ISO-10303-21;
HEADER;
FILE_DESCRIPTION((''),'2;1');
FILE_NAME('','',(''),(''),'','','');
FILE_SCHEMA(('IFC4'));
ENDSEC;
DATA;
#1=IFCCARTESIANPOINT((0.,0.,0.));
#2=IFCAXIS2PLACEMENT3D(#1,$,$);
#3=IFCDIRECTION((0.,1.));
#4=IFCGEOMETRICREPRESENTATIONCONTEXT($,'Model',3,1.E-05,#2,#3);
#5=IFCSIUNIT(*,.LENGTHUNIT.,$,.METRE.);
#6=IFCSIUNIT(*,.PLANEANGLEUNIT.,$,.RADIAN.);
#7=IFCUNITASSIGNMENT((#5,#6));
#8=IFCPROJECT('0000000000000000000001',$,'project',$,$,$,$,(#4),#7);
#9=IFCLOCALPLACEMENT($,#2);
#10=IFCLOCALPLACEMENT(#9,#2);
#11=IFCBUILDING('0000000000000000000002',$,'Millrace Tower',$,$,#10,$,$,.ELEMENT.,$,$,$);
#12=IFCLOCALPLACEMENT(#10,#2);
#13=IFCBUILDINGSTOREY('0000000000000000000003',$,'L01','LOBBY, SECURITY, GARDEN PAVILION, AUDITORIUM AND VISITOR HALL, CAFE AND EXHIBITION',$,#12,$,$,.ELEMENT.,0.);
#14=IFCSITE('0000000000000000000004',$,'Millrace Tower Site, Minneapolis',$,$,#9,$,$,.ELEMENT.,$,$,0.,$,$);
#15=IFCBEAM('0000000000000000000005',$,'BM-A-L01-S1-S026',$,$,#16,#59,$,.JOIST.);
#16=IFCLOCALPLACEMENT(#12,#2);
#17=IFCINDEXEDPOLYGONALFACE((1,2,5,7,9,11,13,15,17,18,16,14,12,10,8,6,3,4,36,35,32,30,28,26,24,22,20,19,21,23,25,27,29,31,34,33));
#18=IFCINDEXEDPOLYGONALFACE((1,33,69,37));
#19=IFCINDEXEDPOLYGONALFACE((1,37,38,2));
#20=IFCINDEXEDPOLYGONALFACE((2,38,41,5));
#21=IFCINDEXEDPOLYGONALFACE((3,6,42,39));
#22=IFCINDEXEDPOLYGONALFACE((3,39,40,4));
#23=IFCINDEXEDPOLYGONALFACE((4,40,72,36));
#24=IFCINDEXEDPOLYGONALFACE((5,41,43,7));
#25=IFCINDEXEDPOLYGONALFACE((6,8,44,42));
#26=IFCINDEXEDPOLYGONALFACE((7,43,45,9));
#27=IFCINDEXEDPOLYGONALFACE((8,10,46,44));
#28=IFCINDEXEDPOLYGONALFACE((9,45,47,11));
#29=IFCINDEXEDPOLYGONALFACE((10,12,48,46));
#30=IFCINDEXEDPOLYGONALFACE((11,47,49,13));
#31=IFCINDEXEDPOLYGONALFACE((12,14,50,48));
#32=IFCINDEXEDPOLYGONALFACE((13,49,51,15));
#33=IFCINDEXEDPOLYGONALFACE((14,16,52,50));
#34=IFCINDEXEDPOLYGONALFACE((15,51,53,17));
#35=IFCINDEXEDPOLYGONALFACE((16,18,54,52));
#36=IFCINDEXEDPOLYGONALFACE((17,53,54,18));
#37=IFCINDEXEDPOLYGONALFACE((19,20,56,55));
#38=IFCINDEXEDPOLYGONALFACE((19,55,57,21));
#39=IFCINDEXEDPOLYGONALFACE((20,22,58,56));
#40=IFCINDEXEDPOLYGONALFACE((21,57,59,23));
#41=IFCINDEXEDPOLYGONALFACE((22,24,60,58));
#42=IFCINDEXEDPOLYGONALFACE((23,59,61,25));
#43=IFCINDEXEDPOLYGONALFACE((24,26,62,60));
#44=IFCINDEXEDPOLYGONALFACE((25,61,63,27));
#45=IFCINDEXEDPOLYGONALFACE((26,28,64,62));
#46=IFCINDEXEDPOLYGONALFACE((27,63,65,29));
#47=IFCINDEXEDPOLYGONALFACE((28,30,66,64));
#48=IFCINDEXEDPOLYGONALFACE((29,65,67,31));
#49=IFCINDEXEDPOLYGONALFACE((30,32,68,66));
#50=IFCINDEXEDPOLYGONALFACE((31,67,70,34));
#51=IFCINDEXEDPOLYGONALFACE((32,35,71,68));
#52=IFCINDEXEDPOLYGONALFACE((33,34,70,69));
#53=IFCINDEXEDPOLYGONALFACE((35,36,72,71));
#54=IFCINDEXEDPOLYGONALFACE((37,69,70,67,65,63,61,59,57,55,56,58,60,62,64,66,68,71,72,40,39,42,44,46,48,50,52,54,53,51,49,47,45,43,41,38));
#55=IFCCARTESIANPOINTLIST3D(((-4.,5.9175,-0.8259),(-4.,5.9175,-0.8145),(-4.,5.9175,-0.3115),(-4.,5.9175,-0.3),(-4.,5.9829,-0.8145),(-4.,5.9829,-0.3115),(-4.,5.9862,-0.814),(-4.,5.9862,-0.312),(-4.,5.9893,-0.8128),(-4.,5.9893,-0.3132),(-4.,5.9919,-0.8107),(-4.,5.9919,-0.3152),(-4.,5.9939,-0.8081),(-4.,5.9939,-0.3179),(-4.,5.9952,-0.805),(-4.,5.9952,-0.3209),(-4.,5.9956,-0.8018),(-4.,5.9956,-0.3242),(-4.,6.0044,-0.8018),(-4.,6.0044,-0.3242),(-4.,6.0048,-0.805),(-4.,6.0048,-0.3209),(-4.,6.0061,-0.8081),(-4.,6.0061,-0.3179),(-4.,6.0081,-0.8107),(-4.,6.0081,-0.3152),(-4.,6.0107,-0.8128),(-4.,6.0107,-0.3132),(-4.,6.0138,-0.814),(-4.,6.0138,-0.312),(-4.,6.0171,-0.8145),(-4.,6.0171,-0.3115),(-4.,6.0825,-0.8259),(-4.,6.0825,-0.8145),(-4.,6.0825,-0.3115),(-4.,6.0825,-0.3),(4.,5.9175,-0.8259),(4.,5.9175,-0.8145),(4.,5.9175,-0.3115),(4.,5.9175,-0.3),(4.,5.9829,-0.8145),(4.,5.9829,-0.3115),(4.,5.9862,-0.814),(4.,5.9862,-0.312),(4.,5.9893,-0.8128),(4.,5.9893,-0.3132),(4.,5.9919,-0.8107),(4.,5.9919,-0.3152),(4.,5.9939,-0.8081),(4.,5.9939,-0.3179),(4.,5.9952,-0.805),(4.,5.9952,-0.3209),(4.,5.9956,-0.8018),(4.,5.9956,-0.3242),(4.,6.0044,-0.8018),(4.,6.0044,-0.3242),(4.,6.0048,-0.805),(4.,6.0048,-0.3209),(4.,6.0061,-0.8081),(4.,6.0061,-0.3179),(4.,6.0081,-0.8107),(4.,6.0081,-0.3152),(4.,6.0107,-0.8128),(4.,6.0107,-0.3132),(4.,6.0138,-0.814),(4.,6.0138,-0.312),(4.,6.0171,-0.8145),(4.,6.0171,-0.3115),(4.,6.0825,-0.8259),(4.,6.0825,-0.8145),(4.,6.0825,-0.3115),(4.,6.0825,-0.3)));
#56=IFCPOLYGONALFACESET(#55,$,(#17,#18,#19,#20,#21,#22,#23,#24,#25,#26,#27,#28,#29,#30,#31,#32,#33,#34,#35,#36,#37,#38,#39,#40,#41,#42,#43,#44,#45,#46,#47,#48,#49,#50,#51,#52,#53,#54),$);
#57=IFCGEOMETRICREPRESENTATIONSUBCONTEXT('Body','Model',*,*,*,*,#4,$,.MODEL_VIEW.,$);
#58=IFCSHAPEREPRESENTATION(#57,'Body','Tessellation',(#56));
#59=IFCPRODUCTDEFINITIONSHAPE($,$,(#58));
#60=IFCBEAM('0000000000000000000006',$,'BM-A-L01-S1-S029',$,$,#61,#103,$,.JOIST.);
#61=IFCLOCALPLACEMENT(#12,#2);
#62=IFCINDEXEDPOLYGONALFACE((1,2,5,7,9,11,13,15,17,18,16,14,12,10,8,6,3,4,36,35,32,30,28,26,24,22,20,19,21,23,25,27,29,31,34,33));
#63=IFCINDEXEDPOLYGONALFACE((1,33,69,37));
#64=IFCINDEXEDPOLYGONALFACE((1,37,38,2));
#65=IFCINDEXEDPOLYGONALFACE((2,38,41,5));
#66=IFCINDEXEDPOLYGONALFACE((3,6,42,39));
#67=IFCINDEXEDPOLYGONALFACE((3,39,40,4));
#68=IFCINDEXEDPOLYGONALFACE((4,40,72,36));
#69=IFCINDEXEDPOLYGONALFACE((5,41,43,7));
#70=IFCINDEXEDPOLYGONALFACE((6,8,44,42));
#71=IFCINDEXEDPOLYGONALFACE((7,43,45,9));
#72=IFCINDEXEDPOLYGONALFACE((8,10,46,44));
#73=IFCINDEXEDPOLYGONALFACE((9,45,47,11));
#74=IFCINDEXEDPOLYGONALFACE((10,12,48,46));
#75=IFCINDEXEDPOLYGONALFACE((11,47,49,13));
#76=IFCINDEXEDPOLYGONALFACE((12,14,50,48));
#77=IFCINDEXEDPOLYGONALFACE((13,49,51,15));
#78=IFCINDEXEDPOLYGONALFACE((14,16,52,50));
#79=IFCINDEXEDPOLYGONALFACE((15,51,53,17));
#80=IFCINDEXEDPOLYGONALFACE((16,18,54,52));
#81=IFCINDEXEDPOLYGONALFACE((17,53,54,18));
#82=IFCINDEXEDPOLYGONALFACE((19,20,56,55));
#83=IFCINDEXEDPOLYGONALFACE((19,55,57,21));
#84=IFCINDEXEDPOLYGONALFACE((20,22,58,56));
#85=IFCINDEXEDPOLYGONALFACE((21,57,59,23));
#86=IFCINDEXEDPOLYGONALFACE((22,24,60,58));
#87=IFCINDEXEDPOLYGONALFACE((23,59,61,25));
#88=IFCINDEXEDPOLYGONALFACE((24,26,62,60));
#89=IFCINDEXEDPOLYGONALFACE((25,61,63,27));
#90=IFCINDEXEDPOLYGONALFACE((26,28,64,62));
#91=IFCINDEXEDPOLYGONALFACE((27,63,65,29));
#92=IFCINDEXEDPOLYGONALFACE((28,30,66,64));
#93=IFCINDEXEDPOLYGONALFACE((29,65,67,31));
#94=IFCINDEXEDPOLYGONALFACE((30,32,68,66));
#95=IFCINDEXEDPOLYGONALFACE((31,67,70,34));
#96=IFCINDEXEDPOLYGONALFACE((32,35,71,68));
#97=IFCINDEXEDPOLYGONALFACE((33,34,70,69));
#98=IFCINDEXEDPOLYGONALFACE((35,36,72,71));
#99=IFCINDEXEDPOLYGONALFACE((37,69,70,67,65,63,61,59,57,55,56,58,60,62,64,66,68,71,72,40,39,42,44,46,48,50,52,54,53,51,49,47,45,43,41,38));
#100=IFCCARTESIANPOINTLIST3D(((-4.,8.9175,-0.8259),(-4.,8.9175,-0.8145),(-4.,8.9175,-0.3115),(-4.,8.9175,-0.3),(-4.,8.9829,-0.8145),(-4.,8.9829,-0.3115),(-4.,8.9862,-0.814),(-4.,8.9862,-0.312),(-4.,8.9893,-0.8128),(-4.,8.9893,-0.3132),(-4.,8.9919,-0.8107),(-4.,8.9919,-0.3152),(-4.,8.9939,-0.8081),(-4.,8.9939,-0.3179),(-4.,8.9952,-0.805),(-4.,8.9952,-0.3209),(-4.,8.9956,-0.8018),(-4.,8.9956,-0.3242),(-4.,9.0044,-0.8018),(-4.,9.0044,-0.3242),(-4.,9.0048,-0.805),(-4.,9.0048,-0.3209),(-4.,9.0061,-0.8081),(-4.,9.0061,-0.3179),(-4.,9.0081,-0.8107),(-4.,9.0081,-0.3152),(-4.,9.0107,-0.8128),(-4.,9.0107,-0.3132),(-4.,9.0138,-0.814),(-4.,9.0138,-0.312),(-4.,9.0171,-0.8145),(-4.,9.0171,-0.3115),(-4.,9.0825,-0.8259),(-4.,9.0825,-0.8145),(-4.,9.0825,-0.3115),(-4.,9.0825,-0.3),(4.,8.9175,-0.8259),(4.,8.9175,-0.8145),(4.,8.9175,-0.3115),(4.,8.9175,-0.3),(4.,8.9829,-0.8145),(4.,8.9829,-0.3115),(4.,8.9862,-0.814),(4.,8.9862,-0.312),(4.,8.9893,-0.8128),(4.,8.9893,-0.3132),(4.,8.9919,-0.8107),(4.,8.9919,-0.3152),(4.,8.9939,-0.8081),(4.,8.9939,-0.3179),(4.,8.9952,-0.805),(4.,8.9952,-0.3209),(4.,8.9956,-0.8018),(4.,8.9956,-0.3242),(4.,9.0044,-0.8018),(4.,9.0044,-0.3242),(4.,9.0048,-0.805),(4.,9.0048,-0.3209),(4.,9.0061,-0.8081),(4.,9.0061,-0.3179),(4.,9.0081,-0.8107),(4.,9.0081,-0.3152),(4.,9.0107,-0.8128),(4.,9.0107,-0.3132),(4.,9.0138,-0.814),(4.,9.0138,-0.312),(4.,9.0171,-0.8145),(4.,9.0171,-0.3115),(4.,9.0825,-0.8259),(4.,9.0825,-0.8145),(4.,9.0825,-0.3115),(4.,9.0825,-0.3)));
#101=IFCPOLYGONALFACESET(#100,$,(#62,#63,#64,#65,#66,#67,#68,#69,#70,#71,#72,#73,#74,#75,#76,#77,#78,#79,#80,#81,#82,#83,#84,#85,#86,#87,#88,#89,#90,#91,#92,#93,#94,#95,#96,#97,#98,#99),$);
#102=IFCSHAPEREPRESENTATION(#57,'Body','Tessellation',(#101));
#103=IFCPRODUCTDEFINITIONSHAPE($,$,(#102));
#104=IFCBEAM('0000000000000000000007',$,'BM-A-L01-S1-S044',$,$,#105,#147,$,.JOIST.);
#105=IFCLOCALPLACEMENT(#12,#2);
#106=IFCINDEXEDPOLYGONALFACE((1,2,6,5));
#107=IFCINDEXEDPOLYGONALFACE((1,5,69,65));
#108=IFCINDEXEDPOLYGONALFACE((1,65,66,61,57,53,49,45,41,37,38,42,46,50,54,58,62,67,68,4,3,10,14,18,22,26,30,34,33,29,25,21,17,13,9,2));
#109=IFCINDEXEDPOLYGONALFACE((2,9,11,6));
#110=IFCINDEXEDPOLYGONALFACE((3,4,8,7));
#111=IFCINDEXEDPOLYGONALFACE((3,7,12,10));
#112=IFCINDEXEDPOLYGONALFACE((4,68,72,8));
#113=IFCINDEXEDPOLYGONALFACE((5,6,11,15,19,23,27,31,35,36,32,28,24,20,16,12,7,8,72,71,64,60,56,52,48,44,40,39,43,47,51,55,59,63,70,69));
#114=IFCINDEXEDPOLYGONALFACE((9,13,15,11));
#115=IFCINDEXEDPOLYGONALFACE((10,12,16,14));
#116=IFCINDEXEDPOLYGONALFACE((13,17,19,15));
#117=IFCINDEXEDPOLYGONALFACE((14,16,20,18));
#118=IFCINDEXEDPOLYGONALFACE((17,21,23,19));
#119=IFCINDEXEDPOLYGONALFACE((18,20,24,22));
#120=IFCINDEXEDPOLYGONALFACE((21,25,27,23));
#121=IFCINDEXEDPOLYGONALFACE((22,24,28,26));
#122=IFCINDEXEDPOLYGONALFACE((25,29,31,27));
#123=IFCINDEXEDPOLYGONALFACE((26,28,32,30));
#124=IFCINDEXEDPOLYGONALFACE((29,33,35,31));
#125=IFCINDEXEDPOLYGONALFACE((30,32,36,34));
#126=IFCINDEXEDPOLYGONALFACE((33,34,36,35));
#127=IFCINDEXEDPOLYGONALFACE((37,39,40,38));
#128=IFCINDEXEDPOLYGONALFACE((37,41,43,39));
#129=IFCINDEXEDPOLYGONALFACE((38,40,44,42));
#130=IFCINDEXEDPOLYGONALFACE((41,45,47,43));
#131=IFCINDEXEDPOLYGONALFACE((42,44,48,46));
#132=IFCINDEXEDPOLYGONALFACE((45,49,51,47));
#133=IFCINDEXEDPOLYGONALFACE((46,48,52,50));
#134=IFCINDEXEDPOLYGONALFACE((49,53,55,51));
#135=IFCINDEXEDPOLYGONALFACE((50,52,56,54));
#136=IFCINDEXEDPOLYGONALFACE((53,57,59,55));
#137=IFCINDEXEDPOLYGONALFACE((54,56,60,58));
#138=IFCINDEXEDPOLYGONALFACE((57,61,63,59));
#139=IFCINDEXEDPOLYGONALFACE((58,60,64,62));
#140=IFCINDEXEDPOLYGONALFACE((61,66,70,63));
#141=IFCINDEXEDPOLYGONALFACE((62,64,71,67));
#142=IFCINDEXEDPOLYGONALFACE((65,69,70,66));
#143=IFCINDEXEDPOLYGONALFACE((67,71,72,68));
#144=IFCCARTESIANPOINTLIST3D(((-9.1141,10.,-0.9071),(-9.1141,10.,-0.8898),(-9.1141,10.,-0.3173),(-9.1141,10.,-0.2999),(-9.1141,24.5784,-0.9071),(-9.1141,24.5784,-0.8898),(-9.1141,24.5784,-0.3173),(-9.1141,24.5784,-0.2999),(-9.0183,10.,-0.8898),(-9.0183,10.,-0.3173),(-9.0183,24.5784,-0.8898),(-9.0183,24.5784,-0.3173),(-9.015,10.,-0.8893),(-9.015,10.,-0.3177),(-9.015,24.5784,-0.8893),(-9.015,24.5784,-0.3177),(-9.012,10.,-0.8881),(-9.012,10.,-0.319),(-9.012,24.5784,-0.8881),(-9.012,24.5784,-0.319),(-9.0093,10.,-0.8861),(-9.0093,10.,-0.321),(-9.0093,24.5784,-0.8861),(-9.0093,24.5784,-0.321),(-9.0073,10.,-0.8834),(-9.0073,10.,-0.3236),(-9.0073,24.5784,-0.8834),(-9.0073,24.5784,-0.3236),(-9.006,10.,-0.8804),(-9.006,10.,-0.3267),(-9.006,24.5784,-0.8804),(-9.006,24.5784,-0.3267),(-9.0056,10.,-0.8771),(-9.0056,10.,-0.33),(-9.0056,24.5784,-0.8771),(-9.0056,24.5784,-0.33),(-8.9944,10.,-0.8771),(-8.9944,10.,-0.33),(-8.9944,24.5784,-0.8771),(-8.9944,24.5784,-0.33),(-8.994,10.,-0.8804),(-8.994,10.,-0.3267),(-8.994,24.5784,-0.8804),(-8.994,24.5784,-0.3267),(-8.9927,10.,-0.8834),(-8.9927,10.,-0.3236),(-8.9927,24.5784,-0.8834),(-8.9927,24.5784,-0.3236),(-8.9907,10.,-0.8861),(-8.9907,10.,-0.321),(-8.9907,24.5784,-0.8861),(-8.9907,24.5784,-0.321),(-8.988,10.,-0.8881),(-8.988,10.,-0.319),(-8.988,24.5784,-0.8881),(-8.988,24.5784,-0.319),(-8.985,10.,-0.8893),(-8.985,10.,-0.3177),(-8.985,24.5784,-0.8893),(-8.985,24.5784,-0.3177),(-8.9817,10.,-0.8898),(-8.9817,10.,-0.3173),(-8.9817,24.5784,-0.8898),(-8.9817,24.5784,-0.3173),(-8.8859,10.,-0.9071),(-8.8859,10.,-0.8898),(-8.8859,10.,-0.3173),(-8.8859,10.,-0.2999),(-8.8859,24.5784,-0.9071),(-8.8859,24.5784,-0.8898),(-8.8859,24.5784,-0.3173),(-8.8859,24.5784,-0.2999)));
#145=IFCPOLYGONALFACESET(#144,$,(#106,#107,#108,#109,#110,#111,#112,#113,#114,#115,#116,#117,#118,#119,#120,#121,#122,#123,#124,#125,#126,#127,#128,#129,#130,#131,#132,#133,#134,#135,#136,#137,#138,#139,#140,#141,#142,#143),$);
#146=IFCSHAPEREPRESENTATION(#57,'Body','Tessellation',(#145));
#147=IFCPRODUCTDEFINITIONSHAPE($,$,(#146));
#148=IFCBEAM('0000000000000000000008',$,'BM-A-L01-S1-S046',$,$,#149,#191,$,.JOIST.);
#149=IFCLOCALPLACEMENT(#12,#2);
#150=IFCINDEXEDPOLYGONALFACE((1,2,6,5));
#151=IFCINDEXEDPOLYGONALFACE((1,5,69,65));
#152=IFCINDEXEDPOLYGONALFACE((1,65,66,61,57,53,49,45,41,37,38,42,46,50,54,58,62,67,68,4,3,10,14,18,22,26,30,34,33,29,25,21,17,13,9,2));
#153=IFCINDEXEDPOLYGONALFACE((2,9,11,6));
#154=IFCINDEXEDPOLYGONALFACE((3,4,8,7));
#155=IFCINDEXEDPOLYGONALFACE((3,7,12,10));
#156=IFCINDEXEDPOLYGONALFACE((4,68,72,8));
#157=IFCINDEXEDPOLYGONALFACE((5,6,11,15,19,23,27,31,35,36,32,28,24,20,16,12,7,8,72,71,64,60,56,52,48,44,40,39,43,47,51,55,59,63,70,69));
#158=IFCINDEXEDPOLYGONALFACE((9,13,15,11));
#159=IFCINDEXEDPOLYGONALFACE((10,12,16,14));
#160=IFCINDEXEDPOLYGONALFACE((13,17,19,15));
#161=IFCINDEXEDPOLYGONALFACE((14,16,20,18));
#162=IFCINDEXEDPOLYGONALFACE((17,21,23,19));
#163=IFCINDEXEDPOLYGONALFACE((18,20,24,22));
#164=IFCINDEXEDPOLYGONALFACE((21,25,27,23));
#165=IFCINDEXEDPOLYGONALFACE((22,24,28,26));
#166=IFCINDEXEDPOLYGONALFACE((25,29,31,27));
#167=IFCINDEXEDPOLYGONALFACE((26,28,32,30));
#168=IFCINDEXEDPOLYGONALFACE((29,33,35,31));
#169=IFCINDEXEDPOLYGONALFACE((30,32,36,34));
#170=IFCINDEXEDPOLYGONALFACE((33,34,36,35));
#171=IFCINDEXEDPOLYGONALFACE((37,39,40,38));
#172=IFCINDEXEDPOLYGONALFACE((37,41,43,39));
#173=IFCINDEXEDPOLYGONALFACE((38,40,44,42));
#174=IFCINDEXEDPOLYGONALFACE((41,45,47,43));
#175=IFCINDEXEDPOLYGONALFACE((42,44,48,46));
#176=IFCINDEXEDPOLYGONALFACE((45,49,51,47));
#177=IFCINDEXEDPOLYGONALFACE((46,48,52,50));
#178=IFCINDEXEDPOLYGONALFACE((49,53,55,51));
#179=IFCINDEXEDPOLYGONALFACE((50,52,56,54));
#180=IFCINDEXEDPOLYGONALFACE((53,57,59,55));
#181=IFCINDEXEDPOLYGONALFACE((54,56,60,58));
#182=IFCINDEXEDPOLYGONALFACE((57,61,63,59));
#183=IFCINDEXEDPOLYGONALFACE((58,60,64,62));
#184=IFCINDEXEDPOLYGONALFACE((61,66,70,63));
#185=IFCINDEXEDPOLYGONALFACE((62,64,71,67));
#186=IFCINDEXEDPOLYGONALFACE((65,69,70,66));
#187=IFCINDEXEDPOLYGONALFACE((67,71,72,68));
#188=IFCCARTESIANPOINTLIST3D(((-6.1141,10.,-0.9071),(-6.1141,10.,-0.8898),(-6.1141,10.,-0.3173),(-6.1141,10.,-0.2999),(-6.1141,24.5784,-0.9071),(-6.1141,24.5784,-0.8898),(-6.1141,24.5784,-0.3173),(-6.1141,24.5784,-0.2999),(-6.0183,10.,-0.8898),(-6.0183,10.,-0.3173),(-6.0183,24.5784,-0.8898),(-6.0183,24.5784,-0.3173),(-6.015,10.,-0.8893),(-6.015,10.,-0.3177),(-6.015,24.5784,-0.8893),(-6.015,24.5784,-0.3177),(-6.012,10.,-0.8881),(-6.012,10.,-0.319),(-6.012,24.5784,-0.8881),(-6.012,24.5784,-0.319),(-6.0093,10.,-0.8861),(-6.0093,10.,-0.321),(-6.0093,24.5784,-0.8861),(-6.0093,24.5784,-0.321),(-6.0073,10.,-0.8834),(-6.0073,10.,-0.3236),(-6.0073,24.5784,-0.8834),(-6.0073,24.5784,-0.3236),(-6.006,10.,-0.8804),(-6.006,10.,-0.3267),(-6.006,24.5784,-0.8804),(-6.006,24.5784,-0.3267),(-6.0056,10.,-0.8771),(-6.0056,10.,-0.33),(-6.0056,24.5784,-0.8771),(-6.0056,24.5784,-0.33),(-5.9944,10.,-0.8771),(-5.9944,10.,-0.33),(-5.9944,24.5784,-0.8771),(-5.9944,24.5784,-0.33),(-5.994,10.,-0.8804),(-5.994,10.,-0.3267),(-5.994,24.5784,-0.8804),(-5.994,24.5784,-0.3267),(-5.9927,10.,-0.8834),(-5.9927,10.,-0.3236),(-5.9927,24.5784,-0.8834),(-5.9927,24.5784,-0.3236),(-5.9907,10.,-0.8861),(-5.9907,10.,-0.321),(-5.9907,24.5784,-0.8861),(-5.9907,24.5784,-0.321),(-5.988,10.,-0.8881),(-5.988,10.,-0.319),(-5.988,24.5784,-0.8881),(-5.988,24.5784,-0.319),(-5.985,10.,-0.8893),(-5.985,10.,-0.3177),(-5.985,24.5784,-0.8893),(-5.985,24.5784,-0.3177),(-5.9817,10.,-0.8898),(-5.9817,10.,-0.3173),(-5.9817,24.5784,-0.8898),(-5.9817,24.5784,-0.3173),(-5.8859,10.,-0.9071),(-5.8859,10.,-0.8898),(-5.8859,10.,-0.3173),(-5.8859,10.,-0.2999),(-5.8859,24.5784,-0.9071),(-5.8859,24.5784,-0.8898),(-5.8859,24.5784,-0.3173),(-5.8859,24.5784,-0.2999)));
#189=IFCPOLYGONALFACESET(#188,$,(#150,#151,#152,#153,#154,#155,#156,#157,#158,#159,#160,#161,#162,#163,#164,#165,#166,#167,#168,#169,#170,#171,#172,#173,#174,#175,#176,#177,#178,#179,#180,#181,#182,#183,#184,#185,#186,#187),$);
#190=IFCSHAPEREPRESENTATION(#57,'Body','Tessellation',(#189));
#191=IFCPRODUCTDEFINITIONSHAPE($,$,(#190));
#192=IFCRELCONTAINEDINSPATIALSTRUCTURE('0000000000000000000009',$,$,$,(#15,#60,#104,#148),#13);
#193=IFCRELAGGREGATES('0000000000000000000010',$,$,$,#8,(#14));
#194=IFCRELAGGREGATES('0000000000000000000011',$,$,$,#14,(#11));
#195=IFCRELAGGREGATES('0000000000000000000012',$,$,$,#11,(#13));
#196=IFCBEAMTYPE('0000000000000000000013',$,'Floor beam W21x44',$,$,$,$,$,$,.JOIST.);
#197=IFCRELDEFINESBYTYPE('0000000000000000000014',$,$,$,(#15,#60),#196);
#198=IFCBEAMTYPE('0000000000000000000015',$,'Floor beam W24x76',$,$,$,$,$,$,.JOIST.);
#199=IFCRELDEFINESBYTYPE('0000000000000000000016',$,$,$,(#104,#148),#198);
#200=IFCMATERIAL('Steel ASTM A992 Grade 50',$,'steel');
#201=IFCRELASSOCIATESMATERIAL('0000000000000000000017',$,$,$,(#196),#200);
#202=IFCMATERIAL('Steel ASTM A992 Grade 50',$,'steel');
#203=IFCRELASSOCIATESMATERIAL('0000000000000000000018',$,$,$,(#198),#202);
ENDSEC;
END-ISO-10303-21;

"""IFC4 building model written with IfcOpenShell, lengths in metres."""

from ifc_helpers import new_model, si_unit, direction, frame, origin, origin_2d, place, context, subcontext, project, spatial, i_section, extrude, material, material_profile, profile_set, type_object, element, save


model = new_model("IFC4")

# Units and contexts
model_context = context("Model", 3, precision=1e-05, world=origin(), true_north=direction((0.0, 1.0)))
body_context = subcontext(model_context, "Body", "Model", "MODEL_VIEW")
ifc_project = project(units=[si_unit("LENGTHUNIT", "METRE"), si_unit("PLANEANGLEUNIT", "RADIAN")], contexts=[model_context])

# Site, building, storey
site_placement = place(None, origin())
site = spatial("IfcSite", under=ifc_project, at=site_placement, Name="Millrace Tower Site, Minneapolis", CompositionType="ELEMENT", RefElevation=0.0)
building_placement = place(site_placement, origin())
building = spatial("IfcBuilding", under=site, at=building_placement, Name="Millrace Tower", CompositionType="ELEMENT")
storey_placement = place(building_placement, origin())
storey = spatial("IfcBuildingStorey", under=building, at=storey_placement, Name="L01", Description="LOBBY, SECURITY, GARDEN PAVILION, AUDITORIUM AND VISITOR HALL, CAFE AND EXHIBITION", CompositionType="ELEMENT", Elevation=0.0)

# Beams
ifc_material_1 = material(Name="Steel ASTM A992 Grade 50", Category="steel")
ifc_material_profile_1 = material_profile(ifc_material_1, i_section(OverallWidth=0.165, OverallDepth=0.5259, WebThickness=0.0088, FlangeThickness=0.0115, FilletRadius=0.0127, at=origin_2d()))
ifc_profile_set_1 = profile_set([ifc_material_profile_1], Name="Steel ASTM A992 Grade 50")
beam_type_1 = type_object("IfcBeamType", Name="Floor beam W21x44", PredefinedType="JOIST", material=ifc_profile_set_1)
for number, where, z_axis, x_axis, name in (
    (1, (-4.0, 6.0, -0.563), (1.0, 0.0, 0.0), (0.0, 1.0, 0.0), "BM-A-L01-S1-S026"),
    (2, (-4.0, 9.0, -0.563), (1.0, 0.0, 0.0), (0.0, 1.0, 0.0), "BM-A-L01-S1-S029"),
):
    element("IfcBeam", number, at=place(storey_placement, frame(where, z_axis=z_axis, x_axis=x_axis)), inside=storey, type_object=beam_type_1, Name=name, PredefinedType="JOIST", context=body_context, shape_type="SweptSolid", body=[
        extrude(i_section(OverallWidth=0.165, OverallDepth=0.5259, WebThickness=0.0088, FlangeThickness=0.0115, FilletRadius=0.0127, at=origin_2d()), origin(), (0.0, 0.0, 1.0), 8.0),
    ])
ifc_material_2 = material(Name="Steel ASTM A992 Grade 50", Category="steel")
ifc_material_profile_2 = material_profile(ifc_material_2, i_section(OverallWidth=0.2283, OverallDepth=0.6072, WebThickness=0.0112, FlangeThickness=0.0173, FilletRadius=0.0127, at=origin_2d()))
ifc_profile_set_2 = profile_set([ifc_material_profile_2], Name="Steel ASTM A992 Grade 50")
beam_type_2 = type_object("IfcBeamType", Name="Floor beam W24x76", PredefinedType="JOIST", material=ifc_profile_set_2)
for number, where, z_axis, x_axis, name in (
    (3, (-9.0, 10.0, -0.6035), (0.0, 1.0, 0.0), (-1.0, 0.0, 0.0), "BM-A-L01-S1-S044"),
    (4, (-6.0, 10.0, -0.6035), (0.0, 1.0, 0.0), (-1.0, 0.0, 0.0), "BM-A-L01-S1-S046"),
):
    element("IfcBeam", number, at=place(storey_placement, frame(where, z_axis=z_axis, x_axis=x_axis)), inside=storey, type_object=beam_type_2, Name=name, PredefinedType="JOIST", context=body_context, shape_type="SweptSolid", body=[
        extrude(i_section(OverallWidth=0.2283, OverallDepth=0.6072, WebThickness=0.0112, FlangeThickness=0.0173, FilletRadius=0.0127, at=origin_2d()), origin(), (0.0, 0.0, 1.0), 14.5784),
    ])

save(model, "model.ifc")
